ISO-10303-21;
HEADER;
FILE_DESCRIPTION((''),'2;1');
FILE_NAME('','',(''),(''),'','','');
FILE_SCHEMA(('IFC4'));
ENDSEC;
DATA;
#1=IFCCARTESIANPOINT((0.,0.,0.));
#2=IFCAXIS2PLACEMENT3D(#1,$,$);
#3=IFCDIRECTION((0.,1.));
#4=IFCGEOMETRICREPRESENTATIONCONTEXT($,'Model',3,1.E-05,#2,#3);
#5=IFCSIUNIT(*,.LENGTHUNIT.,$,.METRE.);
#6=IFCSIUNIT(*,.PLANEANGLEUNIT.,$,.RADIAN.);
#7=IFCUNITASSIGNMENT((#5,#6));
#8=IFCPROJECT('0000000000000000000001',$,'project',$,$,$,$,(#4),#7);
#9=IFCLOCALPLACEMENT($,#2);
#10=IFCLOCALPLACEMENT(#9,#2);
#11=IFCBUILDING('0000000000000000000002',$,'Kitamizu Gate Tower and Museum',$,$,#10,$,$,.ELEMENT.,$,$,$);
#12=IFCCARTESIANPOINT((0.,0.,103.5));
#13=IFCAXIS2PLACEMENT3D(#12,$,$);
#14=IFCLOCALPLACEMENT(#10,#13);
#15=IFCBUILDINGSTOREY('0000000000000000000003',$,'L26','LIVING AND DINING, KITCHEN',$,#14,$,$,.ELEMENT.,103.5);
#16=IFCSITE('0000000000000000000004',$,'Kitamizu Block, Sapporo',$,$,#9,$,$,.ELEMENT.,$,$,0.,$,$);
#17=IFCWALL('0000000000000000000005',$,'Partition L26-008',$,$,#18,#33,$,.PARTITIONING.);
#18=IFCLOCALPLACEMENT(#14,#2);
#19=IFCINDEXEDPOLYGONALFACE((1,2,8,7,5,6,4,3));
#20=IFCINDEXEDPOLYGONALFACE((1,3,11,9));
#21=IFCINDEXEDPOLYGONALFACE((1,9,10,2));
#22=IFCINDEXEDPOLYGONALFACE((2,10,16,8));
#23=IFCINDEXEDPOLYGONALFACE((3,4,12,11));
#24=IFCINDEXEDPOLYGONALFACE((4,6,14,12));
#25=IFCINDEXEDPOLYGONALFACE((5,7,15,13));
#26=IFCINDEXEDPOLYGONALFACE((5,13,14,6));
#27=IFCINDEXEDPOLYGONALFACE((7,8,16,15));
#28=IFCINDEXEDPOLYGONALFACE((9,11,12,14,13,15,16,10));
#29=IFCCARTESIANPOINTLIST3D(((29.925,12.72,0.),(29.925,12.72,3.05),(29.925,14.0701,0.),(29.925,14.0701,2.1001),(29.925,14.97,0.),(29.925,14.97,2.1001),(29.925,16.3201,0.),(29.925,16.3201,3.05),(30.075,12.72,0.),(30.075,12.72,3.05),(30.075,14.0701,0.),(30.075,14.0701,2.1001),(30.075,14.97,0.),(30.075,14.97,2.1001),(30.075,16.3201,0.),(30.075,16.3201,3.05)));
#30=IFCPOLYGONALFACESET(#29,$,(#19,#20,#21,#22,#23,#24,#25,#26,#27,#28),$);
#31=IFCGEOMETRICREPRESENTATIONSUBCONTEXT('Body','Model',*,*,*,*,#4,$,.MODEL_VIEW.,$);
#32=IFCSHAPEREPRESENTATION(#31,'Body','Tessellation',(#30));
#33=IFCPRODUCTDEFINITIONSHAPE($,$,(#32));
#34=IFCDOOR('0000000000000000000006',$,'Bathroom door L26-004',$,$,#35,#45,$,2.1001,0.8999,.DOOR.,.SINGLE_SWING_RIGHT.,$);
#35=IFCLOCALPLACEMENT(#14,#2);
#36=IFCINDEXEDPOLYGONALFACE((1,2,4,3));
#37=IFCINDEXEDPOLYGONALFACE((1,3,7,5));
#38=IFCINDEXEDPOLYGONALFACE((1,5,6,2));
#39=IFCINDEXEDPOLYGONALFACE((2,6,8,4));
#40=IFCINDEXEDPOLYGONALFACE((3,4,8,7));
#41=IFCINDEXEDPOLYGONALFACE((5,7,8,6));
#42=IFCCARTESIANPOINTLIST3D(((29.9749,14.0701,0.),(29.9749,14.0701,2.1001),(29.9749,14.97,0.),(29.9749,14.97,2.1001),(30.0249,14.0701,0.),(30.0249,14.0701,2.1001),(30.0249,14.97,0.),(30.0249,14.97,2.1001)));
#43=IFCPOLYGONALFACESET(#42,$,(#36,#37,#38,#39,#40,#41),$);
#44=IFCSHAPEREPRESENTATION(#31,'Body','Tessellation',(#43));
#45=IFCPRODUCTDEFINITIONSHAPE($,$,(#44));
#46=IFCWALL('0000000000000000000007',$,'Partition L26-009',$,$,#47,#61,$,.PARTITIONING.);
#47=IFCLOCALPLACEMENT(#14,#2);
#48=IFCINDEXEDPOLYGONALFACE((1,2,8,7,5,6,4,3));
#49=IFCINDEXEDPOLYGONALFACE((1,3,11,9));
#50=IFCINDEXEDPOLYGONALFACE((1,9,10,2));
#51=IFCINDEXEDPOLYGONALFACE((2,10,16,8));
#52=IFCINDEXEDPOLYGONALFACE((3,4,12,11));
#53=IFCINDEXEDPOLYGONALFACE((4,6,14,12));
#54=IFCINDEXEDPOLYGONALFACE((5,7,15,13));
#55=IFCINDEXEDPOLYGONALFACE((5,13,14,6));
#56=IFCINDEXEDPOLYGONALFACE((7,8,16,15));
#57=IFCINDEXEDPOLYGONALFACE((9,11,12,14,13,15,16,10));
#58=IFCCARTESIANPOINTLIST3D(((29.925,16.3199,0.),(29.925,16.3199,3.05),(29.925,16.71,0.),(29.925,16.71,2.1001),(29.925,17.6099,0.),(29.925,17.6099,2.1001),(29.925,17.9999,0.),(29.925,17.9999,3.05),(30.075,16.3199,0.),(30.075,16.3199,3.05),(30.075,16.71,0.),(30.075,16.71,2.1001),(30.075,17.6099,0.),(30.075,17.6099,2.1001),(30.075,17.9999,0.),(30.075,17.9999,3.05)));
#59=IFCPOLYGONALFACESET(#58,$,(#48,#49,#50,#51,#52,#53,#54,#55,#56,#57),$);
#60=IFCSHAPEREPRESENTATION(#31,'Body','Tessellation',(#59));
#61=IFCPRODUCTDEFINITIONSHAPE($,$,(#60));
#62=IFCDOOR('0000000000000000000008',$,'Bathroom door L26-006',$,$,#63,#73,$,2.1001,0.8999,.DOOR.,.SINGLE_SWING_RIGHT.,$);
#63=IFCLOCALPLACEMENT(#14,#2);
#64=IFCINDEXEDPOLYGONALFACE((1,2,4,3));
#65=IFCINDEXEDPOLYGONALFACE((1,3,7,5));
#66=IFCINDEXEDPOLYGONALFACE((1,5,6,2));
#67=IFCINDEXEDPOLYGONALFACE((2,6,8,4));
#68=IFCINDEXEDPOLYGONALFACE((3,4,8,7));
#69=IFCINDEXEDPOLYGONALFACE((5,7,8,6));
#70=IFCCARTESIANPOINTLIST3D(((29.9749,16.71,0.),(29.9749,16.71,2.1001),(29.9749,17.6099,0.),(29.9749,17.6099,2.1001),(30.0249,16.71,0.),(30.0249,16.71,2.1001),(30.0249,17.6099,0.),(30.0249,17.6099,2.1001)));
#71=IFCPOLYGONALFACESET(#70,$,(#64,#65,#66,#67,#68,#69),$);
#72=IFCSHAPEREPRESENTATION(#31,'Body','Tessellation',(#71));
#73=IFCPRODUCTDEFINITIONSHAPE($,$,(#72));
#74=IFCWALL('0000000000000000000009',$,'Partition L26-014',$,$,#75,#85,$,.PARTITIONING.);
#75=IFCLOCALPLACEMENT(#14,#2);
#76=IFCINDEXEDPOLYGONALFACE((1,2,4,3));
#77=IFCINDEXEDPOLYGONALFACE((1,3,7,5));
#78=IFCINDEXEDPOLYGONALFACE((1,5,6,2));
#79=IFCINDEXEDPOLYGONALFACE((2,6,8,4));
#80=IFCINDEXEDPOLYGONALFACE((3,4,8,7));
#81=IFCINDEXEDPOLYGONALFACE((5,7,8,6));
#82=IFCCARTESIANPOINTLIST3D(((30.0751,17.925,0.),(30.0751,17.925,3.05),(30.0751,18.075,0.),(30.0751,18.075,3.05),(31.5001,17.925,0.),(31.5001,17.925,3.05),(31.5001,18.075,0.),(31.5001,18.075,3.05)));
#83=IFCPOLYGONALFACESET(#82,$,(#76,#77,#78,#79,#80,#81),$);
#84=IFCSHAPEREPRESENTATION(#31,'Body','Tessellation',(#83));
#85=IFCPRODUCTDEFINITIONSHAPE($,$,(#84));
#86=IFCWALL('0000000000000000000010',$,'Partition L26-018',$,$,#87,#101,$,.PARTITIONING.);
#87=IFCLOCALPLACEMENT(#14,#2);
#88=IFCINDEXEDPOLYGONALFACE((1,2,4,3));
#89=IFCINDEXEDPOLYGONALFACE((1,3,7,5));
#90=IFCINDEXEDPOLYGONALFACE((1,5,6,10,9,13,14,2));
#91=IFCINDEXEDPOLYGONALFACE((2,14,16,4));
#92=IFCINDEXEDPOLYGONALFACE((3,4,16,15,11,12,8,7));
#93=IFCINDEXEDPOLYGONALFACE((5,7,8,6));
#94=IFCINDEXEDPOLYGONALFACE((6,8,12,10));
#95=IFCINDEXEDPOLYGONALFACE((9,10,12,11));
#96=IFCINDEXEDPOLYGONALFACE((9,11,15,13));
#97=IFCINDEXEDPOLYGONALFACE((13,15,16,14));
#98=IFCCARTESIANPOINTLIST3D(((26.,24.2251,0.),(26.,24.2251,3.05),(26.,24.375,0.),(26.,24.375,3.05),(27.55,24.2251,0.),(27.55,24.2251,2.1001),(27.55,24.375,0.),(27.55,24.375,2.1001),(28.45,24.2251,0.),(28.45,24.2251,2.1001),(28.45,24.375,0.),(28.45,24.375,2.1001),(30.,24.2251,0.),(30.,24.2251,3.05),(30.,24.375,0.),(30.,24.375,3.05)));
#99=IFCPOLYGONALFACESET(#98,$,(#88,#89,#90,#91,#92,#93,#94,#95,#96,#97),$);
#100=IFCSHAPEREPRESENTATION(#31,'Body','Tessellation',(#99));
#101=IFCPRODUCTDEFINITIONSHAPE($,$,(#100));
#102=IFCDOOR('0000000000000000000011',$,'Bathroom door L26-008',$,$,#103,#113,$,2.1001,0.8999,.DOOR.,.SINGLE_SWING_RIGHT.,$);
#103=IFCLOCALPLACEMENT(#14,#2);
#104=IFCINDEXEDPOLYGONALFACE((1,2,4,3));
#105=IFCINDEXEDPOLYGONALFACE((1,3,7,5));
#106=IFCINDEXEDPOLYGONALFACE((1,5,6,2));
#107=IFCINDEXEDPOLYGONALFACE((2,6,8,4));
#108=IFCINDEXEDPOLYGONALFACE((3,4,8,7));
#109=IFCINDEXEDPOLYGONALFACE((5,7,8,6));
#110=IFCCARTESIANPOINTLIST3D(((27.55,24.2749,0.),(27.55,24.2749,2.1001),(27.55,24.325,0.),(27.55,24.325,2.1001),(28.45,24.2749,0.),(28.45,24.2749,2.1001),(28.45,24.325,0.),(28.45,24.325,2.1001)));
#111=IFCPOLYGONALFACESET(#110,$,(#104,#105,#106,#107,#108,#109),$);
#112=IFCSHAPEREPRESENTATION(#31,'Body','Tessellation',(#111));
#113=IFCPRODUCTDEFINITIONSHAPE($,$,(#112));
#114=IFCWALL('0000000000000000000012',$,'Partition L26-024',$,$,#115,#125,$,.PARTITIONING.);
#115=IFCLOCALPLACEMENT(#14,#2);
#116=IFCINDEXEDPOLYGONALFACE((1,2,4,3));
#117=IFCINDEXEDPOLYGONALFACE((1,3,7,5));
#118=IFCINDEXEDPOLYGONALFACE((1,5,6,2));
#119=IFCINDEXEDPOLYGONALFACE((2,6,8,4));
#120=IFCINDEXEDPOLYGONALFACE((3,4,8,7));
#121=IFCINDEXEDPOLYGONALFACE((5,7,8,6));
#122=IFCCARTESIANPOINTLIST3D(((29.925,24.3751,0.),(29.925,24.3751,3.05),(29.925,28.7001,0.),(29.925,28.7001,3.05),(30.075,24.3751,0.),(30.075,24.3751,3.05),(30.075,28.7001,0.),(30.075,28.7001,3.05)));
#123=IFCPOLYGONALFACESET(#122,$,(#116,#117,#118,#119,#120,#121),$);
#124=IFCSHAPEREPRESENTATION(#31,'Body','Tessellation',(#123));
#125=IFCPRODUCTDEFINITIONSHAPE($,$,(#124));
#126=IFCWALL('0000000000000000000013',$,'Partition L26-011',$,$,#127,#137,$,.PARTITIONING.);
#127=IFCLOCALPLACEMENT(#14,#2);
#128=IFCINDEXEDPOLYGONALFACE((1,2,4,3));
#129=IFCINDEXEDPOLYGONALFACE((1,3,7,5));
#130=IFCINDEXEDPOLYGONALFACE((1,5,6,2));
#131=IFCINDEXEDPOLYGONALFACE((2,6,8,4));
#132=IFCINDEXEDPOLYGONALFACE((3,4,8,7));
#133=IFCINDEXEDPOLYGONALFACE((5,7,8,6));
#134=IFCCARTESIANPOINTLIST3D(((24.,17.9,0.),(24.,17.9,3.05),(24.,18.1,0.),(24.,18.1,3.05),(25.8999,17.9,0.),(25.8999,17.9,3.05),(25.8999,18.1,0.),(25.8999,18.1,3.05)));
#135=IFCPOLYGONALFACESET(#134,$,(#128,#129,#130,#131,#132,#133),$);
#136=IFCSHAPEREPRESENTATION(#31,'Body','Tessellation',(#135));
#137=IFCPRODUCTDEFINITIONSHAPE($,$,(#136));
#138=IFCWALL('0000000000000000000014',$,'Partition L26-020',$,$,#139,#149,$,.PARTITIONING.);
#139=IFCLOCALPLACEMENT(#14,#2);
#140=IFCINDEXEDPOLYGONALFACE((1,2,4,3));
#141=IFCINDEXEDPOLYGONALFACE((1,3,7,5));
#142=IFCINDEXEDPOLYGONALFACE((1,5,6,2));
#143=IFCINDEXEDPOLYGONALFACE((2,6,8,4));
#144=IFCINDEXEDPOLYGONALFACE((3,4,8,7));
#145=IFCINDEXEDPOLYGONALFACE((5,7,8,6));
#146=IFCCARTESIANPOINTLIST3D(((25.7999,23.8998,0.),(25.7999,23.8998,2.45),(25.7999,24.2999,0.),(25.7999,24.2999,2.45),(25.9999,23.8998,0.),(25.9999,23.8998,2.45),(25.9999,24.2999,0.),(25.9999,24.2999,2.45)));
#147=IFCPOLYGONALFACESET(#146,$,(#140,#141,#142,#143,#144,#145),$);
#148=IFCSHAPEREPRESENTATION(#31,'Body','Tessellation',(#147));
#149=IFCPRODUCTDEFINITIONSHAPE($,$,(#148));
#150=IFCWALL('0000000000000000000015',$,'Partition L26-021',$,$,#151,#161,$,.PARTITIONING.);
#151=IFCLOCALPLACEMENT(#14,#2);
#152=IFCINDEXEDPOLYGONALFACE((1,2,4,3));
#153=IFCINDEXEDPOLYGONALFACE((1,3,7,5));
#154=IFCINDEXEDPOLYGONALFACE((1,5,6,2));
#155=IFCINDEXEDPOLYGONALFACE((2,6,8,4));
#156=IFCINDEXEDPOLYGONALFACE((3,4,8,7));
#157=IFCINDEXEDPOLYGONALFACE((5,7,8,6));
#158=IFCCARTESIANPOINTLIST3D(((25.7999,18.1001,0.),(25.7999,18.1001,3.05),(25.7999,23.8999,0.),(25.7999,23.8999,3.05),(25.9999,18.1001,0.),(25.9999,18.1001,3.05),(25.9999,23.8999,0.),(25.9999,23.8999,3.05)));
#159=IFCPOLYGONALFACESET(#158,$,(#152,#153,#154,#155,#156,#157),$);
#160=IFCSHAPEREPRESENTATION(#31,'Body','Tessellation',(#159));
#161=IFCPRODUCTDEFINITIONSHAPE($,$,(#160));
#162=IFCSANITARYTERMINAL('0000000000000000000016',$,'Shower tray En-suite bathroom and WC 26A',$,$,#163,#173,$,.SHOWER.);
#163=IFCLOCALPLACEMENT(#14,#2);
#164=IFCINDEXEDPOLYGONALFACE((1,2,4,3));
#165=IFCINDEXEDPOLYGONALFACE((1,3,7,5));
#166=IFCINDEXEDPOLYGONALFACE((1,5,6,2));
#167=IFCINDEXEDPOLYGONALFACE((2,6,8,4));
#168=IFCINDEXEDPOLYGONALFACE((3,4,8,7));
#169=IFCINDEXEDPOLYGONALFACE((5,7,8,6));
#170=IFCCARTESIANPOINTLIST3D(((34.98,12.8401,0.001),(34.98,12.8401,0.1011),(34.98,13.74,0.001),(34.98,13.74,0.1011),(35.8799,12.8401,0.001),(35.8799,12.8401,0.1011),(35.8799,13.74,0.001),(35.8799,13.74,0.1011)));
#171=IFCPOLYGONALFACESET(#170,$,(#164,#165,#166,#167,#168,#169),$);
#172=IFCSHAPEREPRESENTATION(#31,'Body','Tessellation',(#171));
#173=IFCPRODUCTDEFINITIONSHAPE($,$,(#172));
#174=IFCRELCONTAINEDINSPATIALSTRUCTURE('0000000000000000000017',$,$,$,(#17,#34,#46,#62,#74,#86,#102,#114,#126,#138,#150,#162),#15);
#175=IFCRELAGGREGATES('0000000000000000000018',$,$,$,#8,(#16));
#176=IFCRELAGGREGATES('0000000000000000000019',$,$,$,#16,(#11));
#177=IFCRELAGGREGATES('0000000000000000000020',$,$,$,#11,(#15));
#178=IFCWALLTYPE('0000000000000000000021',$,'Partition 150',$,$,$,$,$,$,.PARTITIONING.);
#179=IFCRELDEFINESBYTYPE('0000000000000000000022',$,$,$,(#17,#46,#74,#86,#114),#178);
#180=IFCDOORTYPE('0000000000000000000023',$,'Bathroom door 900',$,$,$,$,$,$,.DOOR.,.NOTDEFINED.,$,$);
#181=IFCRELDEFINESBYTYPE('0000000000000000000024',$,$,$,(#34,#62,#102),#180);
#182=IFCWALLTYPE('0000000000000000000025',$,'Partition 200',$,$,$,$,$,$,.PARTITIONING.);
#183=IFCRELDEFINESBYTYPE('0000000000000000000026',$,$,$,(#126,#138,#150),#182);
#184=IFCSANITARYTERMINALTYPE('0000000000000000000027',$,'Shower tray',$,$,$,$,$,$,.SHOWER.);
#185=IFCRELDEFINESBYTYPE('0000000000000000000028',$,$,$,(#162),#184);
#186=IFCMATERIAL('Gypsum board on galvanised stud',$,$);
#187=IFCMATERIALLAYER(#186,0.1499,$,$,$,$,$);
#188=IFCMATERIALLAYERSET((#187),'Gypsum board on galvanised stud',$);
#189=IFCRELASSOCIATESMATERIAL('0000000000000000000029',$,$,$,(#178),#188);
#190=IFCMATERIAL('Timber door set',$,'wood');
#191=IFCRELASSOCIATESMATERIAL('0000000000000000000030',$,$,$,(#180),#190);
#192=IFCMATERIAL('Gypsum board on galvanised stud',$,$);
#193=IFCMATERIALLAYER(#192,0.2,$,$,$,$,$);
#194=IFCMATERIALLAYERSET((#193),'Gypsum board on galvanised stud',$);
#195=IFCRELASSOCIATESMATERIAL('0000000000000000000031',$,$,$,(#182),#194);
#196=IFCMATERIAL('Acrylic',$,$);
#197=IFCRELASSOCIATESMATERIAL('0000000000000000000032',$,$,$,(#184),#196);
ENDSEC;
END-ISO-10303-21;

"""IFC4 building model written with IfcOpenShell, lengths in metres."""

from ifc_helpers import new_model, si_unit, direction, frame, frame_2d, origin, origin_2d, place, context, subcontext, project, spatial, rectangle, extrude, material, layer, layer_set, type_object, element, fill, save


model = new_model("IFC4")

# Units and contexts
model_context = context("Model", 3, precision=1e-05, world=origin(), true_north=direction((0.0, 1.0)))
body_context = subcontext(model_context, "Body", "Model", "MODEL_VIEW")
ifc_project = project(units=[si_unit("LENGTHUNIT", "METRE"), si_unit("PLANEANGLEUNIT", "RADIAN")], contexts=[model_context])

# Site, building, storey
site_placement = place(None, origin())
site = spatial("IfcSite", under=ifc_project, at=site_placement, Name="Kitamizu Block, Sapporo", CompositionType="ELEMENT", RefElevation=0.0)
building_placement = place(site_placement, origin())
building = spatial("IfcBuilding", under=site, at=building_placement, Name="Kitamizu Gate Tower and Museum", CompositionType="ELEMENT")
storey_placement = place(building_placement, frame((0.0, 0.0, 103.5)))
storey = spatial("IfcBuildingStorey", under=building, at=storey_placement, Name="L26", Description="LIVING AND DINING, KITCHEN", CompositionType="ELEMENT", Elevation=103.5)

# Walls, openings, doors
ifc_material_1 = material(Name="Gypsum board on galvanised stud")
ifc_layer_1 = layer(ifc_material_1, 0.1499)
ifc_layer_set_1 = layer_set([ifc_layer_1], Name="Gypsum board on galvanised stud")
wall_type_1 = type_object("IfcWallType", Name="Partition 150", PredefinedType="PARTITIONING", material=ifc_layer_set_1)
wall_1_placement = place(storey_placement, frame((30.0, 12.72, 0.0), z_axis=(0.0, 0.0, 1.0), x_axis=(0.0, 1.0, 0.0)))
wall_1 = element("IfcWall", 1, at=wall_1_placement, inside=storey, type_object=wall_type_1, Name="Partition L26-008", PredefinedType="PARTITIONING", context=body_context, shape_type="SweptSolid", body=[
    extrude(rectangle(XDim=3.6001, YDim=0.1499, at=frame_2d((1.8, 0.0))), origin(), (0.0, 0.0, 1.0), 3.05),
])
opening_1_placement = place(wall_1_placement, frame((1.3501, 0.0, 0.0)))
opening_1 = element("IfcOpeningElement", 2, at=opening_1_placement, cuts=wall_1, PredefinedType="OPENING", context=body_context, shape_type="SweptSolid", body=[
    extrude(rectangle(XDim=0.8999, YDim=2.1001, at=frame_2d((0.45, 1.05))), frame((0.0, 0.085, 0.0), z_axis=(0.0, -1.0, 0.0), x_axis=(1.0, 0.0, 0.0)), (0.0, 0.0, 1.0), 0.1699),
])
ifc_material_2 = material(Name="Timber door set", Category="wood")
door_type_1 = type_object("IfcDoorType", Name="Bathroom door 900", OperationType="NOTDEFINED", PredefinedType="DOOR", material=ifc_material_2)
door_1_placement = place(opening_1_placement, frame((0.8999, 0.0, 0.0), x_axis=(-1.0, 0.0, 0.0)))
door_1 = element("IfcDoor", 3, at=door_1_placement, inside=storey, type_object=door_type_1, Name="Bathroom door L26-004", OperationType="SINGLE_SWING_RIGHT", OverallHeight=2.1001, OverallWidth=0.8999, PredefinedType="DOOR", context=body_context, shape_type="SweptSolid", body=[
    extrude(rectangle(XDim=0.8999, YDim=2.1001, at=frame_2d((0.45, 1.05))), frame((0.0, 0.0249, 0.0), z_axis=(0.0, -1.0, 0.0), x_axis=(1.0, 0.0, 0.0)), (0.0, 0.0, 1.0), 0.05),
])
fill(opening_1, door_1)
wall_2_placement = place(storey_placement, frame((30.0, 16.3201, 0.0), z_axis=(0.0, 0.0, 1.0), x_axis=(0.0, 1.0, 0.0)))
wall_2 = element("IfcWall", 4, at=wall_2_placement, inside=storey, type_object=wall_type_1, Name="Partition L26-009", PredefinedType="PARTITIONING", context=body_context, shape_type="SweptSolid", body=[
    extrude(rectangle(XDim=1.6799, YDim=0.1499, at=frame_2d((0.8398, 0.0))), origin(), (0.0, 0.0, 1.0), 3.05),
])
opening_2_placement = place(wall_2_placement, frame((0.3899, 0.0, 0.0)))
opening_2 = element("IfcOpeningElement", 5, at=opening_2_placement, cuts=wall_2, PredefinedType="OPENING", context=body_context, shape_type="SweptSolid", body=[
    extrude(rectangle(XDim=0.8999, YDim=2.1001, at=frame_2d((0.45, 1.05))), frame((0.0, 0.085, 0.0), z_axis=(0.0, -1.0, 0.0), x_axis=(1.0, 0.0, 0.0)), (0.0, 0.0, 1.0), 0.1699),
])
door_2_placement = place(opening_2_placement, frame((0.8999, 0.0, 0.0), x_axis=(-1.0, 0.0, 0.0)))
door_2 = element("IfcDoor", 6, at=door_2_placement, inside=storey, type_object=door_type_1, Name="Bathroom door L26-006", OperationType="SINGLE_SWING_RIGHT", OverallHeight=2.1001, OverallWidth=0.8999, PredefinedType="DOOR", context=body_context, shape_type="SweptSolid", body=[
    extrude(rectangle(XDim=0.8999, YDim=2.1001, at=frame_2d((0.45, 1.05))), frame((0.0, 0.0249, 0.0), z_axis=(0.0, -1.0, 0.0), x_axis=(1.0, 0.0, 0.0)), (0.0, 0.0, 1.0), 0.05),
])
fill(opening_2, door_2)

# Wall
wall_3_placement = place(storey_placement, frame((31.5, 18.0, 0.0), z_axis=(0.0, 0.0, 1.0), x_axis=(-1.0, 0.0, 0.0)))
element("IfcWall", 7, at=wall_3_placement, inside=storey, type_object=wall_type_1, Name="Partition L26-014", PredefinedType="PARTITIONING", context=body_context, shape_type="SweptSolid", body=[
    extrude(rectangle(XDim=1.425, YDim=0.1499, at=frame_2d((0.7124, 0.0))), origin(), (0.0, 0.0, 1.0), 3.05),
])

# Wall, opening, door
wall_4_placement = place(storey_placement, frame((30.0, 24.3, 0.0), z_axis=(0.0, 0.0, 1.0), x_axis=(-1.0, 0.0, 0.0)))
wall_4 = element("IfcWall", 8, at=wall_4_placement, inside=storey, type_object=wall_type_1, Name="Partition L26-018", PredefinedType="PARTITIONING", context=body_context, shape_type="SweptSolid", body=[
    extrude(rectangle(XDim=4.0, YDim=0.1499, at=frame_2d((2.0, 0.0))), origin(), (0.0, 0.0, 1.0), 3.05),
])
opening_3_placement = place(wall_4_placement, frame((1.55, 0.0, 0.0)))
opening_3 = element("IfcOpeningElement", 9, at=opening_3_placement, cuts=wall_4, PredefinedType="OPENING", context=body_context, shape_type="SweptSolid", body=[
    extrude(rectangle(XDim=0.8999, YDim=2.1001, at=frame_2d((0.45, 1.05))), frame((0.0, 0.085, 0.0), z_axis=(0.0, -1.0, 0.0), x_axis=(1.0, 0.0, 0.0)), (0.0, 0.0, 1.0), 0.1699),
])
door_3_placement = place(opening_3_placement, frame((0.8999, 0.0, 0.0), x_axis=(-1.0, 0.0, 0.0)))
door_3 = element("IfcDoor", 10, at=door_3_placement, inside=storey, type_object=door_type_1, Name="Bathroom door L26-008", OperationType="SINGLE_SWING_RIGHT", OverallHeight=2.1001, OverallWidth=0.8999, PredefinedType="DOOR", context=body_context, shape_type="SweptSolid", body=[
    extrude(rectangle(XDim=0.8999, YDim=2.1001, at=frame_2d((0.45, 1.05))), frame((0.0, 0.0249, 0.0), z_axis=(0.0, -1.0, 0.0), x_axis=(1.0, 0.0, 0.0)), (0.0, 0.0, 1.0), 0.05),
])
fill(opening_3, door_3)

# Walls
wall_5_placement = place(storey_placement, frame((30.0, 24.375, 0.0), z_axis=(0.0, 0.0, 1.0), x_axis=(0.0, 1.0, 0.0)))
element("IfcWall", 11, at=wall_5_placement, inside=storey, type_object=wall_type_1, Name="Partition L26-024", PredefinedType="PARTITIONING", context=body_context, shape_type="SweptSolid", body=[
    extrude(rectangle(XDim=4.325, YDim=0.1499, at=frame_2d((2.1626, 0.0))), origin(), (0.0, 0.0, 1.0), 3.05),
])
ifc_material_3 = material(Name="Gypsum board on galvanised stud")
ifc_layer_2 = layer(ifc_material_3, 0.2)
ifc_layer_set_2 = layer_set([ifc_layer_2], Name="Gypsum board on galvanised stud")
wall_type_2 = type_object("IfcWallType", Name="Partition 200", PredefinedType="PARTITIONING", material=ifc_layer_set_2)
wall_6_placement = place(storey_placement, frame((25.8999, 18.0, 0.0), z_axis=(0.0, 0.0, 1.0), x_axis=(-1.0, 0.0, 0.0)))
element("IfcWall", 12, at=wall_6_placement, inside=storey, type_object=wall_type_2, Name="Partition L26-011", PredefinedType="PARTITIONING", context=body_context, shape_type="SweptSolid", body=[
    extrude(rectangle(XDim=1.8999, YDim=0.2, at=frame_2d((0.95, 0.0))), origin(), (0.0, 0.0, 1.0), 3.05),
])
wall_7_placement = place(storey_placement, frame((25.8999, 24.3, 0.0), z_axis=(0.0, 0.0, 1.0), x_axis=(0.0, -1.0, 0.0)))
element("IfcWall", 13, at=wall_7_placement, inside=storey, type_object=wall_type_2, Name="Partition L26-020", PredefinedType="PARTITIONING", context=body_context, shape_type="SweptSolid", body=[
    extrude(rectangle(XDim=0.4001, YDim=0.2, at=frame_2d((0.2002, 0.0))), origin(), (0.0, 0.0, 1.0), 2.45),
])
wall_8_placement = place(storey_placement, frame((25.8999, 23.8999, 0.0), z_axis=(0.0, 0.0, 1.0), x_axis=(0.0, -1.0, 0.0)))
element("IfcWall", 14, at=wall_8_placement, inside=storey, type_object=wall_type_2, Name="Partition L26-021", PredefinedType="PARTITIONING", context=body_context, shape_type="SweptSolid", body=[
    extrude(rectangle(XDim=5.7998, YDim=0.2, at=frame_2d((2.8999, 0.0))), origin(), (0.0, 0.0, 1.0), 3.05),
])

# Sanitary terminal
ifc_material_4 = material(Name="Acrylic")
sanitary_terminal_type_1 = type_object("IfcSanitaryTerminalType", Name="Shower tray", PredefinedType="SHOWER", material=ifc_material_4)
for number, where, z_axis, x_axis, name in (
    (15, (35.4299, 13.29, 0.001), (0.0, 0.0, 1.0), (1.0, 0.0, 0.0), "Shower tray En-suite bathroom and WC 26A"),
):
    element("IfcSanitaryTerminal", number, at=place(storey_placement, frame(where, z_axis=z_axis, x_axis=x_axis)), inside=storey, type_object=sanitary_terminal_type_1, Name=name, PredefinedType="SHOWER", context=body_context, shape_type="SweptSolid", body=[
        extrude(rectangle(XDim=0.8999, YDim=0.8999, at=origin_2d()), origin(), (0.0, 0.0, 1.0), 0.1001),
    ])

save(model, "model.ifc")
